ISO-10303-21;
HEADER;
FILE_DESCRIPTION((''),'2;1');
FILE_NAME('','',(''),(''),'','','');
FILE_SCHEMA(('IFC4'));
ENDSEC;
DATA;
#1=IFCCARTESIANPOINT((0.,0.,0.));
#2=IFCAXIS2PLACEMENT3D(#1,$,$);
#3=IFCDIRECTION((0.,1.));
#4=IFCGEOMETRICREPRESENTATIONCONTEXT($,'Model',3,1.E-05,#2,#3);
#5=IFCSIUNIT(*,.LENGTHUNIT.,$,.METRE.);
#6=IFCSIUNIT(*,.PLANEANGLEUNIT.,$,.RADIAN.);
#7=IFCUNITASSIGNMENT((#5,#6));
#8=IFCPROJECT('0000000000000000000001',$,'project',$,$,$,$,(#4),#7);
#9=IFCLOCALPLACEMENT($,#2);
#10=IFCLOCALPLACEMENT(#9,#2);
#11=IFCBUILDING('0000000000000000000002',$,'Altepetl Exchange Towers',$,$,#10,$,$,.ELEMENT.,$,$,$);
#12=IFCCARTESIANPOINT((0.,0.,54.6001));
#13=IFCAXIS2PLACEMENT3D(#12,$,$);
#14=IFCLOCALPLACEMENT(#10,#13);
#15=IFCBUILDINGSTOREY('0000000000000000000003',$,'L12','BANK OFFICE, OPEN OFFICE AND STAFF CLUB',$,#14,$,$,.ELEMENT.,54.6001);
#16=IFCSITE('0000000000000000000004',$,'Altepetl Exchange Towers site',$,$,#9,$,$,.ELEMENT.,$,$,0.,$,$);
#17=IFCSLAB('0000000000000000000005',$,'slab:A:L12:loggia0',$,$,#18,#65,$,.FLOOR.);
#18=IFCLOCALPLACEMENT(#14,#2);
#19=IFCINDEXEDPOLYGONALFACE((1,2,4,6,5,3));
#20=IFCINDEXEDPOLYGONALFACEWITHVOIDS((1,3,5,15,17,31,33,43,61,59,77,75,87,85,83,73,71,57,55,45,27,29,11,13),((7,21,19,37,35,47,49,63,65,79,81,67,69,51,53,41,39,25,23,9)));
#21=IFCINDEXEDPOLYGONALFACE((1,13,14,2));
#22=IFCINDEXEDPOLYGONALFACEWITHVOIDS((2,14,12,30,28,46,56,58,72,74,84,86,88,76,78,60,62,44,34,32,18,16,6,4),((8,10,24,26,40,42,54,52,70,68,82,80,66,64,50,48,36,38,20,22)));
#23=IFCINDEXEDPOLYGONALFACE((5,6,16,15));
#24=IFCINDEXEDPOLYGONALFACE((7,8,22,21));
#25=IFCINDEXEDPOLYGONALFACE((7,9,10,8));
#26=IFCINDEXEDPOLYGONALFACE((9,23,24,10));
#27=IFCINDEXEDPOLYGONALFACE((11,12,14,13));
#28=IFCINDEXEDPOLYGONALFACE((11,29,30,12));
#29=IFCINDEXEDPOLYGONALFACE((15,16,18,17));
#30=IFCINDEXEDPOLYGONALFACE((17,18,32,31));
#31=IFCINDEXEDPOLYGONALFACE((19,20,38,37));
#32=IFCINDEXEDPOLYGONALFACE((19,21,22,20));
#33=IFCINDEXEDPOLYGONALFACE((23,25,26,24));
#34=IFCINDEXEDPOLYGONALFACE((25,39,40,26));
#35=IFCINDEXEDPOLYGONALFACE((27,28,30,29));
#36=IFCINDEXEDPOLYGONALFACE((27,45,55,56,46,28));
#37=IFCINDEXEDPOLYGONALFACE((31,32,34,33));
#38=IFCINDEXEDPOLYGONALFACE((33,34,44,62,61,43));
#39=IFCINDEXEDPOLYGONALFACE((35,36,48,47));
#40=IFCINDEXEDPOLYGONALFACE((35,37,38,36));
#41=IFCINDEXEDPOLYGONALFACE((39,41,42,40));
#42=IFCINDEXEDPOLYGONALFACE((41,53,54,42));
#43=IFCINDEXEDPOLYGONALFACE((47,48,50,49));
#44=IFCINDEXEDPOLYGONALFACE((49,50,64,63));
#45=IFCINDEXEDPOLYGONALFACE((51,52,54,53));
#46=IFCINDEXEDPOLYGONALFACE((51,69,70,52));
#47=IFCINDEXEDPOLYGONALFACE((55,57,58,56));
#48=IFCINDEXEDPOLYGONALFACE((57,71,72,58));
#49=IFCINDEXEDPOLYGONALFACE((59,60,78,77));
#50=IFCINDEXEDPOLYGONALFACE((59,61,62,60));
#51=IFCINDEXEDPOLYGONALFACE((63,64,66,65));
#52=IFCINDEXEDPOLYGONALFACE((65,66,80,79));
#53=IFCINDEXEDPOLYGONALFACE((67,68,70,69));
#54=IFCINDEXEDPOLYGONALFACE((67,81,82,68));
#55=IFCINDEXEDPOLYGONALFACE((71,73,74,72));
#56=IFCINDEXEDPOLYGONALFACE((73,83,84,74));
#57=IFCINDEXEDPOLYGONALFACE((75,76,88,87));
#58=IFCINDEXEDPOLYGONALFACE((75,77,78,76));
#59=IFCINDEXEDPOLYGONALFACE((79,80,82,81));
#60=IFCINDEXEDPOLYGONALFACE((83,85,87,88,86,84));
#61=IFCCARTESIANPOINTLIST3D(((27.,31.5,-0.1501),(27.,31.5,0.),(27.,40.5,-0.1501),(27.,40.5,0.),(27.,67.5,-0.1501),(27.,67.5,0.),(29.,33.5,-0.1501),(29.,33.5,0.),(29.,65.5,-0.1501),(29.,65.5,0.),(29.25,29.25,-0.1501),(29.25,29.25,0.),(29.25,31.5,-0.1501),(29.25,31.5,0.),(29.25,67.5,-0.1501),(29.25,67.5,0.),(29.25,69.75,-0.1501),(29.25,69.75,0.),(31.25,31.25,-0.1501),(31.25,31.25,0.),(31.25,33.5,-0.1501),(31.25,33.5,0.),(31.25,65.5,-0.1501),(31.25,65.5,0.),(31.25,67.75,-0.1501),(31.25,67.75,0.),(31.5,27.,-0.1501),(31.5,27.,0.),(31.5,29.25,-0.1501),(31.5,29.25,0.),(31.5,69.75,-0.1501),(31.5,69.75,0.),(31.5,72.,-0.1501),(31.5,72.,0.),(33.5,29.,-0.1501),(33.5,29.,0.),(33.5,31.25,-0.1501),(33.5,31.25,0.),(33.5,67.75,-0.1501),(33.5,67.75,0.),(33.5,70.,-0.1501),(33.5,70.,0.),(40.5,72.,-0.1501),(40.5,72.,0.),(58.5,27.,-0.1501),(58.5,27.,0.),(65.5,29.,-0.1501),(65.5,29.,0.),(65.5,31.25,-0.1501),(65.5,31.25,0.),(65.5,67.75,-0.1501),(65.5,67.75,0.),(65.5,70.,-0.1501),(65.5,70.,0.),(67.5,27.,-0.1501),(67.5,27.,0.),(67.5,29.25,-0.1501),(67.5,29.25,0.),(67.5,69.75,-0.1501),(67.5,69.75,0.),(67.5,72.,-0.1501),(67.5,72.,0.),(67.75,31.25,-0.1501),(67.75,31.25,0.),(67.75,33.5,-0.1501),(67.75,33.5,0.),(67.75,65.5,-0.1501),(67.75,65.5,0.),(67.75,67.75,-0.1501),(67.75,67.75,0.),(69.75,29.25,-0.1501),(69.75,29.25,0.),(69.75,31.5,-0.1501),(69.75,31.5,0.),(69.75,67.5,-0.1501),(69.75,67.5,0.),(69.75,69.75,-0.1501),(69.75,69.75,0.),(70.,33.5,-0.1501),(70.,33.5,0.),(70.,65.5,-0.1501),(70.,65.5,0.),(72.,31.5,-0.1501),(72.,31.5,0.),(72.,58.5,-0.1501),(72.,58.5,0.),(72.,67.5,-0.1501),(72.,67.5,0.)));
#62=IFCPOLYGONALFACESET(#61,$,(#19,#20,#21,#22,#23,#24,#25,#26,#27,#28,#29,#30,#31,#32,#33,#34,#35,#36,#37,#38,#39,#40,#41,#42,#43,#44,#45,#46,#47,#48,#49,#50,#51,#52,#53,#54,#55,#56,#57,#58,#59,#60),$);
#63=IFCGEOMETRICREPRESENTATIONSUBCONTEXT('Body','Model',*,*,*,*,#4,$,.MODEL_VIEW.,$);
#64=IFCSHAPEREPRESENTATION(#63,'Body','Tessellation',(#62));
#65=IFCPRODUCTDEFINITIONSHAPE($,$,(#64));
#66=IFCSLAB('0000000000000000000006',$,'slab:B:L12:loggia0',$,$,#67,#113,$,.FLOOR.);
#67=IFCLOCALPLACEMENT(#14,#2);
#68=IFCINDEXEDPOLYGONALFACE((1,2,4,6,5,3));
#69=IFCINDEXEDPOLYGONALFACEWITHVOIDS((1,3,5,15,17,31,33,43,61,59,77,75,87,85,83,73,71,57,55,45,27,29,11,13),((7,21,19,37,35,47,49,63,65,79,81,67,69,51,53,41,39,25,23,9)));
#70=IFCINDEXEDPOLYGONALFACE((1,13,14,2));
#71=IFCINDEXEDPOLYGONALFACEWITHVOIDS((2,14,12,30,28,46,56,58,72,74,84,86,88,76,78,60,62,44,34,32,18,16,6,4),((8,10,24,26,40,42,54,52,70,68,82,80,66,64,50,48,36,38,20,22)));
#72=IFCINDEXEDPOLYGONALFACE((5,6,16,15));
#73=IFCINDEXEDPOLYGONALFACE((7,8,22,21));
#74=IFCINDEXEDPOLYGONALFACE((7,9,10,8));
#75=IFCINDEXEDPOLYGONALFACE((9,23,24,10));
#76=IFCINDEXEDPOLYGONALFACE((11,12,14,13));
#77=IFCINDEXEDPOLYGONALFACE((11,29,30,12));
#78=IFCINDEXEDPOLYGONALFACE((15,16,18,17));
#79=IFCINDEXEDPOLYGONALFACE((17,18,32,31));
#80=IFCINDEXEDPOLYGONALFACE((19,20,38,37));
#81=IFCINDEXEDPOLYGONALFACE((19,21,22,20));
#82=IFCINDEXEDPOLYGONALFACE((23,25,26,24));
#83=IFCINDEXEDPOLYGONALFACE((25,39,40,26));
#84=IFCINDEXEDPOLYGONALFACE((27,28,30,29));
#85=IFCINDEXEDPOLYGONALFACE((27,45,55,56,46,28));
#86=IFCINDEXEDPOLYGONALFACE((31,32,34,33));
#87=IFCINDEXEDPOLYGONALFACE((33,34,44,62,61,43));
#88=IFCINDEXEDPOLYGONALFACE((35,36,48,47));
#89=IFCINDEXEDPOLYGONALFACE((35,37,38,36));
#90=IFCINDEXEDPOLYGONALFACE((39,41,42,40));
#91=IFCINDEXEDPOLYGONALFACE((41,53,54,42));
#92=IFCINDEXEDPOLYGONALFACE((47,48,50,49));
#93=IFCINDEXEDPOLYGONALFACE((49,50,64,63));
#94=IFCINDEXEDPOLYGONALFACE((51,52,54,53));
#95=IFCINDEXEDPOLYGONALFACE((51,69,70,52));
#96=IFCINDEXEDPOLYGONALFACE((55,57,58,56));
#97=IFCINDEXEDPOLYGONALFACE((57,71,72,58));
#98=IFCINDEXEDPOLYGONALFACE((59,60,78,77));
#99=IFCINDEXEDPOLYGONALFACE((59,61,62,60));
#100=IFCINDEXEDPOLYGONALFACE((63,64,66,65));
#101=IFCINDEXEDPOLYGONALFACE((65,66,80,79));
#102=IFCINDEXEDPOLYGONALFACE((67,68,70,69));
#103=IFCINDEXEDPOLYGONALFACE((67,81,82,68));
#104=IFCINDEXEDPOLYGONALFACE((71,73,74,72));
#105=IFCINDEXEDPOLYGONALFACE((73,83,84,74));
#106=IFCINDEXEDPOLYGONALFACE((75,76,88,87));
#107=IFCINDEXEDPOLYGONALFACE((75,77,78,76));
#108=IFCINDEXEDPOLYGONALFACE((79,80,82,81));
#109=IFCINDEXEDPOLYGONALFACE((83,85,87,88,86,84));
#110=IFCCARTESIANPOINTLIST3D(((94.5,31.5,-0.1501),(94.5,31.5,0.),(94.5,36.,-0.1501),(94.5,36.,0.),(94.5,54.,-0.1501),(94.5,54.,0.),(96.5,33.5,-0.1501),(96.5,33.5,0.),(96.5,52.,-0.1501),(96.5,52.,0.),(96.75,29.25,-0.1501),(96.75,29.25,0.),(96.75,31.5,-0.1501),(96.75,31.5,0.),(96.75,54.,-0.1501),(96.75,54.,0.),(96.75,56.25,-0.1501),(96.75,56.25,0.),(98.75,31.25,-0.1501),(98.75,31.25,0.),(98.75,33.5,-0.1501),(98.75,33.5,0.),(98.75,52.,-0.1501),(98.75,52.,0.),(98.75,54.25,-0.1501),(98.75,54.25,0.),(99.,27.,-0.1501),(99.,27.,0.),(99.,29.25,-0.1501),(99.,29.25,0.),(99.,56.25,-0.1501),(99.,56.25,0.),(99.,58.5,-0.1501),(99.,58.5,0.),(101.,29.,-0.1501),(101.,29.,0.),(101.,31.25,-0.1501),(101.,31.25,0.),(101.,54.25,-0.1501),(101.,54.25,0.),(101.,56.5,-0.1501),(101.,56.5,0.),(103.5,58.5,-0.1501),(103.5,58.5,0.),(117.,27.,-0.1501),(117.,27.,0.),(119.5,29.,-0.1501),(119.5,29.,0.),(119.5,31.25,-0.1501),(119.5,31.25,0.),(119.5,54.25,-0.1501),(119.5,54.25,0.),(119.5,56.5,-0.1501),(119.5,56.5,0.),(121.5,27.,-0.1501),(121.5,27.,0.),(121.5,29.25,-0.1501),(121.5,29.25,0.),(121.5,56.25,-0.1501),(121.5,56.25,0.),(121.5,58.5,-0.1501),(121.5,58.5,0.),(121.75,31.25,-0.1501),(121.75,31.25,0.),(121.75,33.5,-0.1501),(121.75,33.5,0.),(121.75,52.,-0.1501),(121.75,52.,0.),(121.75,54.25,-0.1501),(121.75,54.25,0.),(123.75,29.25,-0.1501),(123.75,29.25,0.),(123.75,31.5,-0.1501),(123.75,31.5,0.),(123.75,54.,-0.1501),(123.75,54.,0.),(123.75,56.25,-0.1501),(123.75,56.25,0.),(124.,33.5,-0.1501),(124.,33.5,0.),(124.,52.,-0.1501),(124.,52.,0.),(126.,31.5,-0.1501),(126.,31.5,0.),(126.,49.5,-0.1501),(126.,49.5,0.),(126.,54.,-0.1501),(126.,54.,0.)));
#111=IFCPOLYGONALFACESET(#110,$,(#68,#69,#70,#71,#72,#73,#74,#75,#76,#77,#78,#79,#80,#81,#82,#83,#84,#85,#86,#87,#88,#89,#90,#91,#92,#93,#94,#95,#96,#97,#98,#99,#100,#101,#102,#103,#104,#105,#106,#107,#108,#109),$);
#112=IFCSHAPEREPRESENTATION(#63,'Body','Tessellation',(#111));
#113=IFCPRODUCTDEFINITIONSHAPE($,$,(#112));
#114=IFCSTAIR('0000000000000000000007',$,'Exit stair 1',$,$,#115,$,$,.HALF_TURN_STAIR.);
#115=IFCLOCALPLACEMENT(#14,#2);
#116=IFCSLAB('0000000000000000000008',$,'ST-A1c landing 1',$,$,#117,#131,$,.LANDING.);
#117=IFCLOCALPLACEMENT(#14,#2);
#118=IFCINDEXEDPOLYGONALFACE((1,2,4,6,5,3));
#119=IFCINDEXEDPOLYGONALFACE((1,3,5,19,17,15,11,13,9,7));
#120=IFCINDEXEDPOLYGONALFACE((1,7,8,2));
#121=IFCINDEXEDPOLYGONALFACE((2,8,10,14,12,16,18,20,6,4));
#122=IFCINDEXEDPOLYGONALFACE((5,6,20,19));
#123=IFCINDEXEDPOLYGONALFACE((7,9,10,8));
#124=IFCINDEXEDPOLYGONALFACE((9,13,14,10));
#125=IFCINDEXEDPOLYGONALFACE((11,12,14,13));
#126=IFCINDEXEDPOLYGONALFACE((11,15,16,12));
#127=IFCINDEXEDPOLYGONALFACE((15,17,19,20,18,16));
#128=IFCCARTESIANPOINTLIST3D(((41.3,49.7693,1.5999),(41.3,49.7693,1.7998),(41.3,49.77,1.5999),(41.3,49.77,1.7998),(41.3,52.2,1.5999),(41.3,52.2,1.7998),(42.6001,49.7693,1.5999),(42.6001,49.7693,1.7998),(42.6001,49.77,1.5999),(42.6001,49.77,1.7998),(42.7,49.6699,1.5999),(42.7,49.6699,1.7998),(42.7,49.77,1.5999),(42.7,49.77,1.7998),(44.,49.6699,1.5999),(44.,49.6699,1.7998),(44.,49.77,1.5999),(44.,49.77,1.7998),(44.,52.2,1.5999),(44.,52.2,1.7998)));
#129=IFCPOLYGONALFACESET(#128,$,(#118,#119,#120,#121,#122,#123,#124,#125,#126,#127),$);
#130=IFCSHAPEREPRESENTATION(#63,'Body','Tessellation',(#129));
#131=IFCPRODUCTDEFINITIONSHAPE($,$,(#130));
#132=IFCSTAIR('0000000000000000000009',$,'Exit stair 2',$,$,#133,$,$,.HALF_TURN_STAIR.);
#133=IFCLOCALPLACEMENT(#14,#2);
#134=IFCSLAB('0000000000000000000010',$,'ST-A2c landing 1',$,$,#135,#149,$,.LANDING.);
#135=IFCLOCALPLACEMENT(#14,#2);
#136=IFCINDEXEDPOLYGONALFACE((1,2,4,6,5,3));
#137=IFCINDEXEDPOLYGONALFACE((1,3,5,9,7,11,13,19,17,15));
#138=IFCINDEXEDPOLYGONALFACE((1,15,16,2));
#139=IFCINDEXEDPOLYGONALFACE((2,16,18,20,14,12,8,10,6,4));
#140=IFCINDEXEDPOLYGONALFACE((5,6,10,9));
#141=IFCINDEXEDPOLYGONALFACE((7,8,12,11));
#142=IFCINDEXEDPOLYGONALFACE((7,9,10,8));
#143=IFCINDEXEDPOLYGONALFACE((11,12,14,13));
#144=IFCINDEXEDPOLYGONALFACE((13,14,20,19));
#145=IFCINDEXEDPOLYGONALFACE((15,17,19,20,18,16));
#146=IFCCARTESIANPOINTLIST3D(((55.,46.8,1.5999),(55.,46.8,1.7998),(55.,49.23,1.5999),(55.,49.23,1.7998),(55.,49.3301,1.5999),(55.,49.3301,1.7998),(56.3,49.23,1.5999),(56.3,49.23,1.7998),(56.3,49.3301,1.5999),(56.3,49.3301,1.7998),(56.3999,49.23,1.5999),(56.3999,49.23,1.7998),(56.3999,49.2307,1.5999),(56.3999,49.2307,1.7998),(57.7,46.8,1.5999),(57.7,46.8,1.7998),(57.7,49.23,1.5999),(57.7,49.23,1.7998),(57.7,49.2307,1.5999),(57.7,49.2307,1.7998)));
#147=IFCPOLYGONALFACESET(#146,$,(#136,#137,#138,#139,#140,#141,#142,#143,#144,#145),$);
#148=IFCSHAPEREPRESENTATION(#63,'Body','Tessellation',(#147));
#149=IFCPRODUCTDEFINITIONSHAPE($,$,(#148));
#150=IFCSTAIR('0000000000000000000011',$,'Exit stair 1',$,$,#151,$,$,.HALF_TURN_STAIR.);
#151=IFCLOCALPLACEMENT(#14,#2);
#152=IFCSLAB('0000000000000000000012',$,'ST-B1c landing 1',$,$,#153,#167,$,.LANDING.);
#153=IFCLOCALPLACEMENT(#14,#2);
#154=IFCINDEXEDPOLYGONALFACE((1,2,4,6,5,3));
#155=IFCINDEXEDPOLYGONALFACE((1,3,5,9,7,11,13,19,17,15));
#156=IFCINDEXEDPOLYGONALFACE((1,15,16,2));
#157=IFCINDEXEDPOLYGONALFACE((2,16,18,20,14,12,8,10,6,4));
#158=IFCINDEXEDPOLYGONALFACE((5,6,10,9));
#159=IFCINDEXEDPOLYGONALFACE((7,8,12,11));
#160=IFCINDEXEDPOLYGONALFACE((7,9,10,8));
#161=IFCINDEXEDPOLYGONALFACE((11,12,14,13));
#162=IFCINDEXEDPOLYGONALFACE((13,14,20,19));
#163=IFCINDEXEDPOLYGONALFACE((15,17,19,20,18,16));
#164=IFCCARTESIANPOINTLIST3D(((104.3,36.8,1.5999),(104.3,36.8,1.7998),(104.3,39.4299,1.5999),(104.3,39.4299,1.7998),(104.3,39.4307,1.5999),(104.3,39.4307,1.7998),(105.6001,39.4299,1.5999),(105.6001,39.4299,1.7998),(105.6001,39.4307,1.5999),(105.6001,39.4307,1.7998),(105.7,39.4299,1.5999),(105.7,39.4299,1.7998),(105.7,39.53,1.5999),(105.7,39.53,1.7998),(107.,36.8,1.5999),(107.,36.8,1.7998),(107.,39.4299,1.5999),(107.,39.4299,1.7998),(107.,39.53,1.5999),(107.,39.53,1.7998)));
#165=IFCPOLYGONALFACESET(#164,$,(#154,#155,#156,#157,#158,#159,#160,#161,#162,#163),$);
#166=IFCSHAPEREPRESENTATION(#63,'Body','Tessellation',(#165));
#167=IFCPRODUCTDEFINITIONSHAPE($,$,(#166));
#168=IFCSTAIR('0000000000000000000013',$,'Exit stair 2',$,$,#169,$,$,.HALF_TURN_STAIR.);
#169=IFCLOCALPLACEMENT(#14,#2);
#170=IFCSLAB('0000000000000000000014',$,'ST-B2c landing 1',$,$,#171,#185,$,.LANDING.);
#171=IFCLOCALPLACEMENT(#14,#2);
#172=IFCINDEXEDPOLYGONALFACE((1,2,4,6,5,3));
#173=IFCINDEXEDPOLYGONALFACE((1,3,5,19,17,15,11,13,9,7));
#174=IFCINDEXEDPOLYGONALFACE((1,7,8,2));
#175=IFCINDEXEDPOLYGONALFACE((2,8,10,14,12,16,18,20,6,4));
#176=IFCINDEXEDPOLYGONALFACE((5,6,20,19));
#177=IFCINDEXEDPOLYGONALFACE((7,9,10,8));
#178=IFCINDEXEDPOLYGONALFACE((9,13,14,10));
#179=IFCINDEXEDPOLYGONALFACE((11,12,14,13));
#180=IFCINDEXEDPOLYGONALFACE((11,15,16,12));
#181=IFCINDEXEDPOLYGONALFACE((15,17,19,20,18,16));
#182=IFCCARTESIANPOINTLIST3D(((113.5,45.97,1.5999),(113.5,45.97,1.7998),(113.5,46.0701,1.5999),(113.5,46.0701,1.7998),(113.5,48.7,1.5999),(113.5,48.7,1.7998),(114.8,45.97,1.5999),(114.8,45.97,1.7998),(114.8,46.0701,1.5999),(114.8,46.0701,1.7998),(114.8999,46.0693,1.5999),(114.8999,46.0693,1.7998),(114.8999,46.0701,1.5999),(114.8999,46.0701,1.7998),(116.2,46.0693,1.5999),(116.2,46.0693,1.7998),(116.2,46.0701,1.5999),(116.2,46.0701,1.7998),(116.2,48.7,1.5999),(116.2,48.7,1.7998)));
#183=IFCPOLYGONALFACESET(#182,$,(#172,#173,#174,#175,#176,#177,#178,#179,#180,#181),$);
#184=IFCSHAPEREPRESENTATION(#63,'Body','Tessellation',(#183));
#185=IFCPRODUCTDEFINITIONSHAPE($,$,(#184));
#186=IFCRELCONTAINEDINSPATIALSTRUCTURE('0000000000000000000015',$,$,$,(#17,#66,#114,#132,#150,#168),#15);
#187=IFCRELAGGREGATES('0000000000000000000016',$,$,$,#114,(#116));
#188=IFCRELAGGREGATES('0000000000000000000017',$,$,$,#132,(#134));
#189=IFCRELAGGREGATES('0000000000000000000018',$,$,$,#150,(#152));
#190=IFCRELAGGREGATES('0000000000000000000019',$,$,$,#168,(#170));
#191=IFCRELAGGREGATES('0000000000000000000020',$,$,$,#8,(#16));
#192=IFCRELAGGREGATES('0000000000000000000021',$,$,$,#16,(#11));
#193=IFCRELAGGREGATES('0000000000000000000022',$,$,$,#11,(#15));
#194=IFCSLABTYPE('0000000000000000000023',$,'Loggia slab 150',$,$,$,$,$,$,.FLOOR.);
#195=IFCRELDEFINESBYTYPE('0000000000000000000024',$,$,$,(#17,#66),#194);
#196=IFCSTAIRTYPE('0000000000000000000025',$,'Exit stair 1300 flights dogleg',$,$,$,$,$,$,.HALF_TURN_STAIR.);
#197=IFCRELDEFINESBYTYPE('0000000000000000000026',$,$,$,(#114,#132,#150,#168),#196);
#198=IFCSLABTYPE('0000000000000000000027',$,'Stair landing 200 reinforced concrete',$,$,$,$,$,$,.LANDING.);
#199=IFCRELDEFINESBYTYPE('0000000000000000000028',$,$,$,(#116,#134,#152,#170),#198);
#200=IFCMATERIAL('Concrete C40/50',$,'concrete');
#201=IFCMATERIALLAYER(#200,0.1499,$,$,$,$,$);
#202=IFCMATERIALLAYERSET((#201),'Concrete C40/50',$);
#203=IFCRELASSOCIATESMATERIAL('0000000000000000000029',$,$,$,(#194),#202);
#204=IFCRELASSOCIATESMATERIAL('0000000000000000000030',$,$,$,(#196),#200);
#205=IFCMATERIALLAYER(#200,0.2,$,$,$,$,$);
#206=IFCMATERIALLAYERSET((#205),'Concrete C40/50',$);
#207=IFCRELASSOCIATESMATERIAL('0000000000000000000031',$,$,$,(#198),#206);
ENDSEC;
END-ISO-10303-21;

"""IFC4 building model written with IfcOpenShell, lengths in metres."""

from ifc_helpers import new_model, si_unit, direction, frame, origin, place, context, subcontext, project, spatial, polyline, outline, extrude, material, layer, layer_set, type_object, element, aggregate, save


model = new_model("IFC4")

# Units and contexts
model_context = context("Model", 3, precision=1e-05, world=origin(), true_north=direction((0.0, 1.0)))
body_context = subcontext(model_context, "Body", "Model", "MODEL_VIEW")
ifc_project = project(units=[si_unit("LENGTHUNIT", "METRE"), si_unit("PLANEANGLEUNIT", "RADIAN")], contexts=[model_context])

# Site, building, storey
site_placement = place(None, origin())
site = spatial("IfcSite", under=ifc_project, at=site_placement, Name="Altepetl Exchange Towers site", CompositionType="ELEMENT", RefElevation=0.0)
building_placement = place(site_placement, origin())
building = spatial("IfcBuilding", under=site, at=building_placement, Name="Altepetl Exchange Towers", CompositionType="ELEMENT")
storey_placement = place(building_placement, frame((0.0, 0.0, 54.6001)))
storey = spatial("IfcBuildingStorey", under=building, at=storey_placement, Name="L12", Description="BANK OFFICE, OPEN OFFICE AND STAFF CLUB", CompositionType="ELEMENT", Elevation=54.6001)

# Slabs
ifc_material_1 = material(Name="Concrete C40/50", Category="concrete")
ifc_layer_1 = layer(ifc_material_1, 0.1499)
ifc_layer_set_1 = layer_set([ifc_layer_1], Name="Concrete C40/50")
slab_type_1 = type_object("IfcSlabType", Name="Loggia slab 150", PredefinedType="FLOOR", material=ifc_layer_set_1)
slab_1_placement = place(storey_placement, frame((0.0, 0.0, -0.1501)))
element("IfcSlab", 1, at=slab_1_placement, inside=storey, type_object=slab_type_1, Name="slab:A:L12:loggia0", PredefinedType="FLOOR", context=body_context, shape_type="SweptSolid", body=[
    extrude(outline(polyline([(29.25, 67.5), (27.0, 67.5), (27.0, 40.5), (27.0, 31.5), (29.25, 31.5), (29.25, 29.25), (31.5, 29.25), (31.5, 27.0), (58.5, 27.0), (67.5, 27.0), (67.5, 29.25), (69.75, 29.25), (69.75, 31.5), (72.0, 31.5), (72.0, 58.5), (72.0, 67.5), (69.75, 67.5), (69.75, 69.75), (67.5, 69.75), (67.5, 72.0), (40.5, 72.0), (31.5, 72.0), (31.5, 69.75), (29.25, 69.75), (29.25, 67.5)]), holes=[polyline([(29.0, 65.5), (31.25, 65.5), (31.25, 67.75), (33.5, 67.75), (33.5, 70.0), (65.5, 70.0), (65.5, 67.75), (67.75, 67.75), (67.75, 65.5), (70.0, 65.5), (70.0, 33.5), (67.75, 33.5), (67.75, 31.25), (65.5, 31.25), (65.5, 29.0), (33.5, 29.0), (33.5, 31.25), (31.25, 31.25), (31.25, 33.5), (29.0, 33.5), (29.0, 65.5)])]), origin(), (0.0, 0.0, 1.0), 0.1501),
])
slab_2_placement = place(storey_placement, frame((0.0, 0.0, -0.1501)))
element("IfcSlab", 2, at=slab_2_placement, inside=storey, type_object=slab_type_1, Name="slab:B:L12:loggia0", PredefinedType="FLOOR", context=body_context, shape_type="SweptSolid", body=[
    extrude(outline(polyline([(96.75, 54.0), (94.5, 54.0), (94.5, 36.0), (94.5, 31.5), (96.75, 31.5), (96.75, 29.25), (99.0, 29.25), (99.0, 27.0), (117.0, 27.0), (121.5, 27.0), (121.5, 29.25), (123.75, 29.25), (123.75, 31.5), (126.0, 31.5), (126.0, 49.5), (126.0, 54.0), (123.75, 54.0), (123.75, 56.25), (121.5, 56.25), (121.5, 58.5), (103.5, 58.5), (99.0, 58.5), (99.0, 56.25), (96.75, 56.25), (96.75, 54.0)]), holes=[polyline([(96.5, 52.0), (98.75, 52.0), (98.75, 54.25), (101.0, 54.25), (101.0, 56.5), (119.5, 56.5), (119.5, 54.25), (121.75, 54.25), (121.75, 52.0), (124.0, 52.0), (124.0, 33.5), (121.75, 33.5), (121.75, 31.25), (119.5, 31.25), (119.5, 29.0), (101.0, 29.0), (101.0, 31.25), (98.75, 31.25), (98.75, 33.5), (96.5, 33.5), (96.5, 52.0)])]), origin(), (0.0, 0.0, 1.0), 0.1501),
])

# Stairs, slabs
stair_type = type_object("IfcStairType", Name="Exit stair 1300 flights dogleg", PredefinedType="HALF_TURN_STAIR", material=ifc_material_1)
stair_1_placement = place(storey_placement, origin())
stair_1 = element("IfcStair", 3, at=stair_1_placement, inside=storey, type_object=stair_type, Name="Exit stair 1", PredefinedType="HALF_TURN_STAIR")
ifc_layer_2 = layer(ifc_material_1, 0.2)
ifc_layer_set_2 = layer_set([ifc_layer_2], Name="Concrete C40/50")
slab_type_2 = type_object("IfcSlabType", Name="Stair landing 200 reinforced concrete", PredefinedType="LANDING", material=ifc_layer_set_2)
slab_3_placement = place(storey_placement, frame((0.0, 0.0, 1.5999)))
slab_3 = element("IfcSlab", 4, at=slab_3_placement, type_object=slab_type_2, Name="ST-A1c landing 1", PredefinedType="LANDING", context=body_context, shape_type="SweptSolid", body=[
    extrude(outline(polyline([(44.0, 49.6699), (42.7, 49.6699), (42.7, 49.77), (42.6001, 49.77), (42.6001, 49.7693), (41.3, 49.7693), (41.3, 49.77), (41.3, 52.2), (44.0, 52.2), (44.0, 49.77), (44.0, 49.6699)])), origin(), (0.0, 0.0, 1.0), 0.2),
])
aggregate(stair_1, [slab_3])
stair_2_placement = place(storey_placement, origin())
stair_2 = element("IfcStair", 5, at=stair_2_placement, inside=storey, type_object=stair_type, Name="Exit stair 2", PredefinedType="HALF_TURN_STAIR")
slab_4_placement = place(storey_placement, frame((0.0, 0.0, 1.5999)))
slab_4 = element("IfcSlab", 6, at=slab_4_placement, type_object=slab_type_2, Name="ST-A2c landing 1", PredefinedType="LANDING", context=body_context, shape_type="SweptSolid", body=[
    extrude(outline(polyline([(57.7, 46.8), (55.0, 46.8), (55.0, 49.23), (55.0, 49.3301), (56.3, 49.3301), (56.3, 49.23), (56.3999, 49.23), (56.3999, 49.2307), (57.7, 49.2307), (57.7, 49.23), (57.7, 46.8)])), origin(), (0.0, 0.0, 1.0), 0.2),
])
aggregate(stair_2, [slab_4])
stair_3_placement = place(storey_placement, origin())
stair_3 = element("IfcStair", 7, at=stair_3_placement, inside=storey, type_object=stair_type, Name="Exit stair 1", PredefinedType="HALF_TURN_STAIR")
slab_5_placement = place(storey_placement, frame((0.0, 0.0, 1.5999)))
slab_5 = element("IfcSlab", 8, at=slab_5_placement, type_object=slab_type_2, Name="ST-B1c landing 1", PredefinedType="LANDING", context=body_context, shape_type="SweptSolid", body=[
    extrude(outline(polyline([(107.0, 36.8), (104.3, 36.8), (104.3, 39.4299), (104.3, 39.4307), (105.6001, 39.4307), (105.6001, 39.4299), (105.7, 39.4299), (105.7, 39.53), (107.0, 39.53), (107.0, 39.4299), (107.0, 36.8)])), origin(), (0.0, 0.0, 1.0), 0.2),
])
aggregate(stair_3, [slab_5])
stair_4_placement = place(storey_placement, origin())
stair_4 = element("IfcStair", 9, at=stair_4_placement, inside=storey, type_object=stair_type, Name="Exit stair 2", PredefinedType="HALF_TURN_STAIR")
slab_6_placement = place(storey_placement, frame((0.0, 0.0, 1.5999)))
slab_6 = element("IfcSlab", 10, at=slab_6_placement, type_object=slab_type_2, Name="ST-B2c landing 1", PredefinedType="LANDING", context=body_context, shape_type="SweptSolid", body=[
    extrude(outline(polyline([(114.8, 45.97), (113.5, 45.97), (113.5, 46.0701), (113.5, 48.7), (116.2, 48.7), (116.2, 46.0701), (116.2, 46.0693), (114.8999, 46.0693), (114.8999, 46.0701), (114.8, 46.0701), (114.8, 45.97)])), origin(), (0.0, 0.0, 1.0), 0.2),
])
aggregate(stair_4, [slab_6])

save(model, "model.ifc")
